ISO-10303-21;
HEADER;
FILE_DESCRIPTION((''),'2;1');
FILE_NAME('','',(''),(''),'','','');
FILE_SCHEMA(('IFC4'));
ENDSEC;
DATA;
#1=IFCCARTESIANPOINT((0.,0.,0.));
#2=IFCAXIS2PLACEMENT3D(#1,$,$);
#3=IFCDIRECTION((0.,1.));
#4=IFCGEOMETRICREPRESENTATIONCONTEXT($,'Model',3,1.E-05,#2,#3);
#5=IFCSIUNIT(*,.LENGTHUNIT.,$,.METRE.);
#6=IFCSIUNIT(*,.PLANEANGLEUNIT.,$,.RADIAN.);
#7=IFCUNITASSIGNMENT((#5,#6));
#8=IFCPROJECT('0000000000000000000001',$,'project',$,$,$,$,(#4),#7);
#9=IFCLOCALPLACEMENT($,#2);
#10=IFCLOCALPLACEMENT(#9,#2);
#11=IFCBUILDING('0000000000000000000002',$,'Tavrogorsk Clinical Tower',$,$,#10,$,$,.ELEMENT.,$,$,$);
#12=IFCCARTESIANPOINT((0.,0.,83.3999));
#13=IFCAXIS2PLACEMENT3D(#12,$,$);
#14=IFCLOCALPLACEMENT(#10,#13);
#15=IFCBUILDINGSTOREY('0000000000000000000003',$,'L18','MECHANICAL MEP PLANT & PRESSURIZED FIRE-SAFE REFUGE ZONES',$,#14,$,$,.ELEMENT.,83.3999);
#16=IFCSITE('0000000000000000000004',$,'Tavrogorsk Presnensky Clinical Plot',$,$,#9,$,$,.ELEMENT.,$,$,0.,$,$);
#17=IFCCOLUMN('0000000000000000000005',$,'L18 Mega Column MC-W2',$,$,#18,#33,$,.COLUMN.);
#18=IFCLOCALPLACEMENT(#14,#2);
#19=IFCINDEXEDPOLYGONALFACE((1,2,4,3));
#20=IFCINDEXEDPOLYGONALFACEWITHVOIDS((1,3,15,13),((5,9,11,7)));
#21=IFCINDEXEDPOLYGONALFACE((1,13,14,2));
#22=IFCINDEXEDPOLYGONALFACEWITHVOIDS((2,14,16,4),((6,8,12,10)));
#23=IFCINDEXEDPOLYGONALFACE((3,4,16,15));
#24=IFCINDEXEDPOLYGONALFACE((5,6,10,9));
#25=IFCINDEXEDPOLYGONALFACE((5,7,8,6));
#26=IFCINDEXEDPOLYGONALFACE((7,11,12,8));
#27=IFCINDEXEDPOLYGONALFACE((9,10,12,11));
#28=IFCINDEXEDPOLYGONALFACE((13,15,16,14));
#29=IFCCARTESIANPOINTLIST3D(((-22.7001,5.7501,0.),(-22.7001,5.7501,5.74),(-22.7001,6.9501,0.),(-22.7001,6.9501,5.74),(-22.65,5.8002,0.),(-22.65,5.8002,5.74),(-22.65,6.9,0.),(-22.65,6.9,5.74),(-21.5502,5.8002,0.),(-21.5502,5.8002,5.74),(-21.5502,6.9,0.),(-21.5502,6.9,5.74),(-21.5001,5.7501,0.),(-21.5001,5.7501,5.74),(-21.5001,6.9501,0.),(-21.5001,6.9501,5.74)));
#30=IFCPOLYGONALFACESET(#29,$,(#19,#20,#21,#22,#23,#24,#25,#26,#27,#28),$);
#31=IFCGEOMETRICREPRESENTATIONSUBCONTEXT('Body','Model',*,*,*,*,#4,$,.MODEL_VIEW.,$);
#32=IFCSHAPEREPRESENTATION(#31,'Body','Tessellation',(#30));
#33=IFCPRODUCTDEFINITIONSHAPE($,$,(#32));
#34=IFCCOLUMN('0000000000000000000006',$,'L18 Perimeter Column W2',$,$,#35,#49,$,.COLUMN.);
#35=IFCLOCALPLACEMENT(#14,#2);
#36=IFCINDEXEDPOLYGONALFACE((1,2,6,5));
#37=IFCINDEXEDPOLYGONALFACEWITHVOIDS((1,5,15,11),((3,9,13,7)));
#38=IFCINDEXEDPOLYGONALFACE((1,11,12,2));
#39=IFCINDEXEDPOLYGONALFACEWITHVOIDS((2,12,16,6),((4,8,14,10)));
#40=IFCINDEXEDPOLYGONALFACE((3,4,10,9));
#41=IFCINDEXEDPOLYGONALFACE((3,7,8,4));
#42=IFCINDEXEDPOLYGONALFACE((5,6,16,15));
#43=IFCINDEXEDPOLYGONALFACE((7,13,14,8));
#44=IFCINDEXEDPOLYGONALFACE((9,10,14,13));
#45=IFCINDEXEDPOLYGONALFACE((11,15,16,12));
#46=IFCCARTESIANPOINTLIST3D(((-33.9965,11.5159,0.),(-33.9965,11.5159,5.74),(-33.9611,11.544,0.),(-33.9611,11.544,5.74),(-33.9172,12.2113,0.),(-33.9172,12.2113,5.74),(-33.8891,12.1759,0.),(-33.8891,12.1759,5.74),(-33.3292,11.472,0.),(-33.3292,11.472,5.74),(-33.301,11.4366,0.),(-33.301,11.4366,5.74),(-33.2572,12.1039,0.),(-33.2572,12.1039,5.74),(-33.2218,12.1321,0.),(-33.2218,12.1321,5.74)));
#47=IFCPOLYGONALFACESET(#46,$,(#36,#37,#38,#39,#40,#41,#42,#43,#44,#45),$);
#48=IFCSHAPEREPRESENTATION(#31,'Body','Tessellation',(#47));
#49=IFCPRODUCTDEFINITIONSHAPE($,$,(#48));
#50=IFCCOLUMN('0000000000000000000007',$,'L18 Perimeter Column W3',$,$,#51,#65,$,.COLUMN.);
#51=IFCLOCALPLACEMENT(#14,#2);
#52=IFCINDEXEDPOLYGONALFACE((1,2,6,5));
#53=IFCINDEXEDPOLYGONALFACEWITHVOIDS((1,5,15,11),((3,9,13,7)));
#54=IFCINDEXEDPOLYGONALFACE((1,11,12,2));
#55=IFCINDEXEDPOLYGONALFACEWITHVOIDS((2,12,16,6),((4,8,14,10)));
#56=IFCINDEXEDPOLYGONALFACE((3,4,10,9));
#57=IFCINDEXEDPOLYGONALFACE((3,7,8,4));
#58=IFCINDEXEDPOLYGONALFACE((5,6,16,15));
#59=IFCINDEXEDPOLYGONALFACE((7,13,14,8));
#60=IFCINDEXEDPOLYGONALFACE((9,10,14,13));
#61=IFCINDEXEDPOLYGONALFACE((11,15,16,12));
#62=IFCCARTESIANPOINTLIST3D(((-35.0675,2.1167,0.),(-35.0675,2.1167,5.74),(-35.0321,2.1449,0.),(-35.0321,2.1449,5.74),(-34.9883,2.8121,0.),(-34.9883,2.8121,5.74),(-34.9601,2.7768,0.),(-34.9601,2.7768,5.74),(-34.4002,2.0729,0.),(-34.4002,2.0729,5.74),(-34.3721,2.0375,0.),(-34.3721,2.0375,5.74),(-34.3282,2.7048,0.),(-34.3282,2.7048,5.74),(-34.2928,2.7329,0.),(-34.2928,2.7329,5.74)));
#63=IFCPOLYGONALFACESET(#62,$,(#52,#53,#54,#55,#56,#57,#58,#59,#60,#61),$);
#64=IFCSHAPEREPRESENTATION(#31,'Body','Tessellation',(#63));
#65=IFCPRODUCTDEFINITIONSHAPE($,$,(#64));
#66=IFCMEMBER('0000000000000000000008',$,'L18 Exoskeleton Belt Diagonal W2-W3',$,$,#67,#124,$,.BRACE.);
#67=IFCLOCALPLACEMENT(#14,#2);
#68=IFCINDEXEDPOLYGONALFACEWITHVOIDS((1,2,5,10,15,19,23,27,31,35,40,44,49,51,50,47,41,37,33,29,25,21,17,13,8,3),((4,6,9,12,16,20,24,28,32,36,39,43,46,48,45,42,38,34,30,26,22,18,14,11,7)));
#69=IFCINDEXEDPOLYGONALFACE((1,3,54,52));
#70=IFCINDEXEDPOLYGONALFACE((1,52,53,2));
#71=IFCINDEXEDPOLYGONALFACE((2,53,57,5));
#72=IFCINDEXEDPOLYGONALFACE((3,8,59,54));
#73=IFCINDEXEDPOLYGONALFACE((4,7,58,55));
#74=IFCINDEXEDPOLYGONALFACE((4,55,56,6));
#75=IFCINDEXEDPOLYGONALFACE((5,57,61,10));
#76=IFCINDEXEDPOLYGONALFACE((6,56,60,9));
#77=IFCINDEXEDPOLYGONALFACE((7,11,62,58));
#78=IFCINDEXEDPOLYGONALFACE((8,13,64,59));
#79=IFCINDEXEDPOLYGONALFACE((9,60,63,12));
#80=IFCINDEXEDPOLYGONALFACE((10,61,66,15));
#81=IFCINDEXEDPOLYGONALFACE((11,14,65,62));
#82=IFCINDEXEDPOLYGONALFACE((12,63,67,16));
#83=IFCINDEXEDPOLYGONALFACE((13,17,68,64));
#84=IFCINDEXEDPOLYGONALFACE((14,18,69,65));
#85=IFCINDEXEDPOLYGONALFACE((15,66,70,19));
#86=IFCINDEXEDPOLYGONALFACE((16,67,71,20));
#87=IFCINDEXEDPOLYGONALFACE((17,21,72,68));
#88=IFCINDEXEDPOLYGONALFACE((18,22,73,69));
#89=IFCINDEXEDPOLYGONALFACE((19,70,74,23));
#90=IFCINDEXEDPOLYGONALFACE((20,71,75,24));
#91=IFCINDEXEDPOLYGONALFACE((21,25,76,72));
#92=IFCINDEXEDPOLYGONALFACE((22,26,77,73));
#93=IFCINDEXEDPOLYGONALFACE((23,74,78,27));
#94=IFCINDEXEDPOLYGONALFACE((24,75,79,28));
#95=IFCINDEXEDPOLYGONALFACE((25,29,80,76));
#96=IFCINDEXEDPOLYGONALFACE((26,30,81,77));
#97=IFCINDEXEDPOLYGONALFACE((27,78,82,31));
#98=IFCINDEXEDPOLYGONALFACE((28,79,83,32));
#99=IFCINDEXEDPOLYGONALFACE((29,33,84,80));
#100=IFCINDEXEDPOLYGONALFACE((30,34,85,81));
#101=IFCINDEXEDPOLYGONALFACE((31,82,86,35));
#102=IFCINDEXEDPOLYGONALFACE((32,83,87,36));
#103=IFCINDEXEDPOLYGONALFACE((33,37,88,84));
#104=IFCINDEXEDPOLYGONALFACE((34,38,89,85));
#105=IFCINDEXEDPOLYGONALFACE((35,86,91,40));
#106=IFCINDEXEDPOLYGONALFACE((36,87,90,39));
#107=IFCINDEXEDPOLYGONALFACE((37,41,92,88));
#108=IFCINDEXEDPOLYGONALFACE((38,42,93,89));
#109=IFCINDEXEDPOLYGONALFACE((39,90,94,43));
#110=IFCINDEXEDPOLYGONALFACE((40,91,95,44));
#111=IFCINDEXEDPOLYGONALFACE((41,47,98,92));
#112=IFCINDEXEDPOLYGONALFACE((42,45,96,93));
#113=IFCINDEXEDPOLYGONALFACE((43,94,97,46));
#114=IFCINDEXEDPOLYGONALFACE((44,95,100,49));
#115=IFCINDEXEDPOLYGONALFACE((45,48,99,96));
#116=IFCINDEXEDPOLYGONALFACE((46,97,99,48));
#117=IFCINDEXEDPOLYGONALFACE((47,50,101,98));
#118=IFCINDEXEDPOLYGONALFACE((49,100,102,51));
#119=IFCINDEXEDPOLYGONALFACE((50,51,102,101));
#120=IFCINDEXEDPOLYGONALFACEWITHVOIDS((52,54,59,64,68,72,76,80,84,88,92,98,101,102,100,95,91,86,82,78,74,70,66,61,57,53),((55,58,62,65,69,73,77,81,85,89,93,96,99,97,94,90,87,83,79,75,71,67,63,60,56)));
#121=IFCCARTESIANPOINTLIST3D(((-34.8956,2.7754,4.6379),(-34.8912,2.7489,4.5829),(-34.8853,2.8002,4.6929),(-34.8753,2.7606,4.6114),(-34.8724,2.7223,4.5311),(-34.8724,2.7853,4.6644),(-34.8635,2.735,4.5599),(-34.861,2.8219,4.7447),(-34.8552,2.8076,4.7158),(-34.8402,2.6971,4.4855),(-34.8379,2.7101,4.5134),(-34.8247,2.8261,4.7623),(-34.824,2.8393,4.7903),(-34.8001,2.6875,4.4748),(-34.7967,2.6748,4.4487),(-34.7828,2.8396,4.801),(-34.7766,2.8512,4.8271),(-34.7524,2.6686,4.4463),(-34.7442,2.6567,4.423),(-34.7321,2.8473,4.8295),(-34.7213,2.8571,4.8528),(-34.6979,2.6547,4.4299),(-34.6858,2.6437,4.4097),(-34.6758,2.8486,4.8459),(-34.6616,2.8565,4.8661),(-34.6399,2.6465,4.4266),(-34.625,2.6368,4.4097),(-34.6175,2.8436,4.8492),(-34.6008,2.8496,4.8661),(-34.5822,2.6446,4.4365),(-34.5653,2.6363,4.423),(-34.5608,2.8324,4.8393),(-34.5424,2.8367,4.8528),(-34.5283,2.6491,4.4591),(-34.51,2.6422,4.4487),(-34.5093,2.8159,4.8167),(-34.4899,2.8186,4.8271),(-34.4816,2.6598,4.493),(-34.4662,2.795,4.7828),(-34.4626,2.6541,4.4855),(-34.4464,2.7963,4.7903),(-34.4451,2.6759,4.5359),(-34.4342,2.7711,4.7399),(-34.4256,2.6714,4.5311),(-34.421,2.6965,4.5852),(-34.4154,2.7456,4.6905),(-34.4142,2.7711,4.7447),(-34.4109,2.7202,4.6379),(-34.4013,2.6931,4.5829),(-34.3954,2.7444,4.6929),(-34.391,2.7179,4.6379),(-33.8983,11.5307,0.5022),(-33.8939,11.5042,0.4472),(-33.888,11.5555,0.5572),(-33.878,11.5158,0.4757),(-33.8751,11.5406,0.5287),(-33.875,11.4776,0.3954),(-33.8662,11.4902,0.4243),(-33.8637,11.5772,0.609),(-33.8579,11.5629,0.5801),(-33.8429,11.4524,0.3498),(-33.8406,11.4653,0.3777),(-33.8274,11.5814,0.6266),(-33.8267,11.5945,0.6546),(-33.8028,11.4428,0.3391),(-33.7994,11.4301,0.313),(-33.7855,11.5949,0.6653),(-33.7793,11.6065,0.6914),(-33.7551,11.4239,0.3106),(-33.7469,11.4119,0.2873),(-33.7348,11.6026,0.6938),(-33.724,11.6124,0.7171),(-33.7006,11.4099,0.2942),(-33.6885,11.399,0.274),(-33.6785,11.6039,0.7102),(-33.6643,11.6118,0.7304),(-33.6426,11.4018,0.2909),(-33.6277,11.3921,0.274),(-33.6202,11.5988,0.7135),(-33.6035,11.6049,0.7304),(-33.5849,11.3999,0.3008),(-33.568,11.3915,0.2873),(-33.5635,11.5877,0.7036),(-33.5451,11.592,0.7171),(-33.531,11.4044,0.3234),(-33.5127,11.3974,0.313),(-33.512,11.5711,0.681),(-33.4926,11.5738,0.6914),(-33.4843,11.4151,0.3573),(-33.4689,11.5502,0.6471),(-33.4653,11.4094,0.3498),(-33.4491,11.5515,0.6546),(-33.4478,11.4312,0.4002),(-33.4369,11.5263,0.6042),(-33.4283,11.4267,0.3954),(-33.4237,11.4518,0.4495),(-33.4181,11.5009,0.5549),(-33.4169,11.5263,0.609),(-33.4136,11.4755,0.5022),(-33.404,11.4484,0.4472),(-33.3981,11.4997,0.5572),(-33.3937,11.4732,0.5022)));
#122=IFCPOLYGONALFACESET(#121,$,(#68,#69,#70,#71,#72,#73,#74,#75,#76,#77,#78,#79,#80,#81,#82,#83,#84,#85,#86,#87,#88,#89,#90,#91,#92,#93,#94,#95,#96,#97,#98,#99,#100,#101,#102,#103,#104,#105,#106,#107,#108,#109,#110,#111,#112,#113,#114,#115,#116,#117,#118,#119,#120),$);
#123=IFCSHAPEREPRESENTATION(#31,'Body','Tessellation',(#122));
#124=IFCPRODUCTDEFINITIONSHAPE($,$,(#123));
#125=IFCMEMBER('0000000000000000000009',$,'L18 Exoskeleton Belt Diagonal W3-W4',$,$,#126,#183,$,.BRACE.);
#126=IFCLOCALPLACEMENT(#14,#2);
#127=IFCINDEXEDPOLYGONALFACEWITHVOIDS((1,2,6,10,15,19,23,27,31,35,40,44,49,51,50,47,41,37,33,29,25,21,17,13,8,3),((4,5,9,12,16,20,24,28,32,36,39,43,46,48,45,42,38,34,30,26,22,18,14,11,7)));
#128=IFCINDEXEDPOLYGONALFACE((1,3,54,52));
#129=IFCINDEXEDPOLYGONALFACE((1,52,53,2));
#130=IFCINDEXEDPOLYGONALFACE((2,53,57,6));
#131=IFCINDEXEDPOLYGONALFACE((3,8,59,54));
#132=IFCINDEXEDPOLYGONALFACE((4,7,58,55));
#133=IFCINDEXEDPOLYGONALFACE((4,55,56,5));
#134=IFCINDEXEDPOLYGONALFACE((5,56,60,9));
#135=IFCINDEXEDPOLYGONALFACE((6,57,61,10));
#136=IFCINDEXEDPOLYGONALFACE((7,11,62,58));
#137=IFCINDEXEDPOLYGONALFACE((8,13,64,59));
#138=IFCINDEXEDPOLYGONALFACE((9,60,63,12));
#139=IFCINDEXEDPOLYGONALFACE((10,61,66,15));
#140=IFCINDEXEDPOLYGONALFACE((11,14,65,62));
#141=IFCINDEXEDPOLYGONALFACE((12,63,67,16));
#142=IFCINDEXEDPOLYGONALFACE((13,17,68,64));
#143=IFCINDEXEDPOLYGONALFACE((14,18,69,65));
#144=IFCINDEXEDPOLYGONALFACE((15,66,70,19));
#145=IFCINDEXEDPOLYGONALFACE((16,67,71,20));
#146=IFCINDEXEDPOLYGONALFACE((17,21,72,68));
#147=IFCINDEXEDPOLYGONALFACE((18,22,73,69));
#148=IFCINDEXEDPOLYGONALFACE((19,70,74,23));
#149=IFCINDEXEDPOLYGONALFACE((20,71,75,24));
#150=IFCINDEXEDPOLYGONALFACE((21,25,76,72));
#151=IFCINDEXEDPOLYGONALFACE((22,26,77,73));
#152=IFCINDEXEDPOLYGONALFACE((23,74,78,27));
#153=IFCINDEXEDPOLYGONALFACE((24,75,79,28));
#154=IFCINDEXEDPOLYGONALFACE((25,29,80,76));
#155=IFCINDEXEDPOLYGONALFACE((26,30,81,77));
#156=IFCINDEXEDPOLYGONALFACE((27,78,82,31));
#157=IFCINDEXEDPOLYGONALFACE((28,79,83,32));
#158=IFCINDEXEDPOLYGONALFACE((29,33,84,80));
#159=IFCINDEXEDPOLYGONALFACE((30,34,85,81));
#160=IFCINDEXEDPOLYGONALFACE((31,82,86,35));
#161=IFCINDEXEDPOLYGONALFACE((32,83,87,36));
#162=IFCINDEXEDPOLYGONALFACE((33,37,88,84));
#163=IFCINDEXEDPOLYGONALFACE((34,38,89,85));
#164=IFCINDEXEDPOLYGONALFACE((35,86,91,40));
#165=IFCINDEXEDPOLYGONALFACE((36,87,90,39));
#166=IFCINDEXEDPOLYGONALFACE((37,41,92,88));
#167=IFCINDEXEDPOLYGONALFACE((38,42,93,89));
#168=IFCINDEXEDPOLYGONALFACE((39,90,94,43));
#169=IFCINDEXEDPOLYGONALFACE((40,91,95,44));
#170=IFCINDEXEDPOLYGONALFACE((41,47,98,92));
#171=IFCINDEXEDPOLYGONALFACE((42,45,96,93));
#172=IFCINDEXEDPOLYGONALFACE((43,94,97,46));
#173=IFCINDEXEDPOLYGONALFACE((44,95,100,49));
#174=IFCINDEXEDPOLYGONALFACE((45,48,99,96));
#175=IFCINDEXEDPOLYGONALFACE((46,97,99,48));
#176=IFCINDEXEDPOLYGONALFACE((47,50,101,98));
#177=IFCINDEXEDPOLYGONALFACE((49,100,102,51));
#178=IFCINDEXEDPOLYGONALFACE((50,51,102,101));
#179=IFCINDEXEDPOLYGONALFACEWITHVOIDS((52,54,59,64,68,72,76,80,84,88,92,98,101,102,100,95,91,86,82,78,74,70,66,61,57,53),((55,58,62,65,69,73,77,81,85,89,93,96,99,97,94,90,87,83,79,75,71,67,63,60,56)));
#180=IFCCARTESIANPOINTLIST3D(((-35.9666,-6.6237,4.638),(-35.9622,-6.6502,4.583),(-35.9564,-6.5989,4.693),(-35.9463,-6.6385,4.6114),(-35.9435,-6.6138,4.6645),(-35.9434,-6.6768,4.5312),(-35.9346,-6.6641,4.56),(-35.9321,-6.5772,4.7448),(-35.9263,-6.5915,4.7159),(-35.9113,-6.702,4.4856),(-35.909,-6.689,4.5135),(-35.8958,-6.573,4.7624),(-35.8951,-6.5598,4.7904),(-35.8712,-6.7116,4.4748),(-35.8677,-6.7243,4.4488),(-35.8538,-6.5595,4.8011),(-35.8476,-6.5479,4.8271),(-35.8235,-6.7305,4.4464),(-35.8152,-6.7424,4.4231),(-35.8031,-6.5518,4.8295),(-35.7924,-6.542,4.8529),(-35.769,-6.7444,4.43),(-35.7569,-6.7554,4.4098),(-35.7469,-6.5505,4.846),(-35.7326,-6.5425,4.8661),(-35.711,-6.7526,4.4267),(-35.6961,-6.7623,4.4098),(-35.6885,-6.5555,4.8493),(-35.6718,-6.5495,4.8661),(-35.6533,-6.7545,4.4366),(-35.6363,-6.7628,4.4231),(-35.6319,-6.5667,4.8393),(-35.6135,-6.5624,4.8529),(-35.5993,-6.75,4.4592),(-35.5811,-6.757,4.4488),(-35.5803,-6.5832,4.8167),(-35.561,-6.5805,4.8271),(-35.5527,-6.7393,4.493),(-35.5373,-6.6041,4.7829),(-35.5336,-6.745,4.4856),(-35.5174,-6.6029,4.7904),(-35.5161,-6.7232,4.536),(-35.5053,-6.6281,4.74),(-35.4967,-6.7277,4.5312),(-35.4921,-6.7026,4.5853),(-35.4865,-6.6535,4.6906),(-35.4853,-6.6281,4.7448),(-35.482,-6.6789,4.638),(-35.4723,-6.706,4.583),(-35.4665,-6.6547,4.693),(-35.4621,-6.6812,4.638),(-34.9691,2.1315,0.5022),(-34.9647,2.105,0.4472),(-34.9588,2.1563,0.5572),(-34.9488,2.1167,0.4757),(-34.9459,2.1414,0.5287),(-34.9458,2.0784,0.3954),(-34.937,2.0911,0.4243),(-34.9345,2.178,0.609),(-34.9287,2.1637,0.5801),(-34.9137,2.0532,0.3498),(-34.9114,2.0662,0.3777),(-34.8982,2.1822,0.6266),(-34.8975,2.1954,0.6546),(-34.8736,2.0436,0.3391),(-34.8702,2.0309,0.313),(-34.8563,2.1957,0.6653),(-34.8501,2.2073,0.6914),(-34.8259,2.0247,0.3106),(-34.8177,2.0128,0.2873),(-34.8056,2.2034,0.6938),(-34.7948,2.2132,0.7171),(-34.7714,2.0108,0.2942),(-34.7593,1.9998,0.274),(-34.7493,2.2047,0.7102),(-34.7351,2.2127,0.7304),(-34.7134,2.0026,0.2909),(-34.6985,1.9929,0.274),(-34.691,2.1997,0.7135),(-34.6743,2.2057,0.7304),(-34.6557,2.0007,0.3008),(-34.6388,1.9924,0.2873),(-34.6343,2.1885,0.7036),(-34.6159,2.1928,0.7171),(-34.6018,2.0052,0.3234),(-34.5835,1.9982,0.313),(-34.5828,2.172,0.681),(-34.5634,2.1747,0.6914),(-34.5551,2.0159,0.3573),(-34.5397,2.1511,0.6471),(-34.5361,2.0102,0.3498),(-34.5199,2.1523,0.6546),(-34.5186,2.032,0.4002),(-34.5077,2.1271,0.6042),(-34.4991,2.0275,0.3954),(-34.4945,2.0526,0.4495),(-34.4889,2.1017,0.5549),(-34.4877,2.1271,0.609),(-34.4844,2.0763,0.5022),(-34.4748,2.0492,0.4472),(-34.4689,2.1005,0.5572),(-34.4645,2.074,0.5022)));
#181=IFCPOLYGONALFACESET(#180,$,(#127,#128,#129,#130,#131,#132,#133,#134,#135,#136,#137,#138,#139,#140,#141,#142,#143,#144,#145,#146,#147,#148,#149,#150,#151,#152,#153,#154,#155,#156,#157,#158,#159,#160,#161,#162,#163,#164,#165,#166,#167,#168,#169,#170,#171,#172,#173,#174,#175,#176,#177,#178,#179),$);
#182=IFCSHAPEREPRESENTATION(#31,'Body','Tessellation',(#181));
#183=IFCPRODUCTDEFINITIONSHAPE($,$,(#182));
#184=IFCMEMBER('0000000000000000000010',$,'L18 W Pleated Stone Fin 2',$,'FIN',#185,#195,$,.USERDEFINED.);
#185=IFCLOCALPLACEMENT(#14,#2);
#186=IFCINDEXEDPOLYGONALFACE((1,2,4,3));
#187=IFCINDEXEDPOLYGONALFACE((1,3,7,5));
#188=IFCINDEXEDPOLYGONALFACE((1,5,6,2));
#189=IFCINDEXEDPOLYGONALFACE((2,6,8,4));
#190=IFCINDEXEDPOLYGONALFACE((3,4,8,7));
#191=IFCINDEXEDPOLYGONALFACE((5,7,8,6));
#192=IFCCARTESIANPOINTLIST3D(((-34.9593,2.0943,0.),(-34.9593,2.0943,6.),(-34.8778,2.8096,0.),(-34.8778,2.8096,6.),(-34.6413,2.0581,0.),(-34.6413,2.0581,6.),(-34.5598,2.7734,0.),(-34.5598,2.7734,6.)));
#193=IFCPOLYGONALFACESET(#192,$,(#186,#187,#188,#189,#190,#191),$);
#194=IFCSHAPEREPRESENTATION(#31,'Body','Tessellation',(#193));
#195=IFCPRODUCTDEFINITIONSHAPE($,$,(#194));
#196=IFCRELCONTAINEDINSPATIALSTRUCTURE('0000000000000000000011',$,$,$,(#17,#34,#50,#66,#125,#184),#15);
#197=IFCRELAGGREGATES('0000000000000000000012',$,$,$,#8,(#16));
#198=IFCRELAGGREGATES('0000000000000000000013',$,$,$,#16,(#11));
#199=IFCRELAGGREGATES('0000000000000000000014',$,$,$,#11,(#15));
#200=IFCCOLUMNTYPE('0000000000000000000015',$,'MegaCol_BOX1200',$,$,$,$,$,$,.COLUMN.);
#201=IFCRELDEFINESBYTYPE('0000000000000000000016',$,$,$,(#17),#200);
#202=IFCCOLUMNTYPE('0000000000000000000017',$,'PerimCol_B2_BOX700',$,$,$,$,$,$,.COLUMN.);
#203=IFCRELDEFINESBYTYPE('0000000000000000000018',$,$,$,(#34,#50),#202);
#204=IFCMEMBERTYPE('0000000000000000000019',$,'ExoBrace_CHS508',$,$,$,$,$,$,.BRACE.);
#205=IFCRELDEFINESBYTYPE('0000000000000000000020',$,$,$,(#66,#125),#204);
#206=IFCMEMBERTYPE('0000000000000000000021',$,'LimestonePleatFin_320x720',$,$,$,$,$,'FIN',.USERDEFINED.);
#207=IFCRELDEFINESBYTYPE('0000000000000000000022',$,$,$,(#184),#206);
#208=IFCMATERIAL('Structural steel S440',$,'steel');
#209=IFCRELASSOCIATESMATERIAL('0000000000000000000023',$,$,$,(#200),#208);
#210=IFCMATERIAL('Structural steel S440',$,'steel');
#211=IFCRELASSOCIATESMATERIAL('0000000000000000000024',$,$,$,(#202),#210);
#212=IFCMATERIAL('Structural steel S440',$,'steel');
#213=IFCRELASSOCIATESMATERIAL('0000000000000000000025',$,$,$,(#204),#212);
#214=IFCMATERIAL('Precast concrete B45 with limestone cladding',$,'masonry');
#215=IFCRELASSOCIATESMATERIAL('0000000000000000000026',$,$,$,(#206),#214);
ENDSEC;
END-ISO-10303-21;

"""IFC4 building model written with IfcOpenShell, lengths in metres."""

from ifc_helpers import new_model, si_unit, direction, frame, origin, origin_2d, place, context, subcontext, project, spatial, rectangle, hollow_rectangle, hollow_circle, extrude, material, material_profile, profile_set, type_object, element, save


model = new_model("IFC4")

# Units and contexts
model_context = context("Model", 3, precision=1e-05, world=origin(), true_north=direction((0.0, 1.0)))
body_context = subcontext(model_context, "Body", "Model", "MODEL_VIEW")
ifc_project = project(units=[si_unit("LENGTHUNIT", "METRE"), si_unit("PLANEANGLEUNIT", "RADIAN")], contexts=[model_context])

# Site, building, storey
site_placement = place(None, origin())
site = spatial("IfcSite", under=ifc_project, at=site_placement, Name="Tavrogorsk Presnensky Clinical Plot", CompositionType="ELEMENT", RefElevation=0.0)
building_placement = place(site_placement, origin())
building = spatial("IfcBuilding", under=site, at=building_placement, Name="Tavrogorsk Clinical Tower", CompositionType="ELEMENT")
storey_placement = place(building_placement, frame((0.0, 0.0, 83.3999)))
storey = spatial("IfcBuildingStorey", under=building, at=storey_placement, Name="L18", Description="MECHANICAL MEP PLANT & PRESSURIZED FIRE-SAFE REFUGE ZONES", CompositionType="ELEMENT", Elevation=83.3999)

# Columns
ifc_material_1 = material(Name="Structural steel S440", Category="steel")
ifc_material_profile_1 = material_profile(ifc_material_1, hollow_rectangle(XDim=1.2, YDim=1.2, WallThickness=0.05, at=origin_2d()), Name="BOX-1200x1200x50")
ifc_profile_set_1 = profile_set([ifc_material_profile_1], Name="Structural steel S440")
column_type_1 = type_object("IfcColumnType", Name="MegaCol_BOX1200", PredefinedType="COLUMN", material=ifc_profile_set_1)
column_placement = place(storey_placement, frame((-22.1001, 6.3501, 0.0), z_axis=(0.0, 0.0, 1.0), x_axis=(1.0, 0.0, 0.0)))
element("IfcColumn", 1, at=column_placement, inside=storey, type_object=column_type_1, Name="L18 Mega Column MC-W2", PredefinedType="COLUMN", context=body_context, shape_type="SweptSolid", body=[
    extrude(hollow_rectangle(XDim=1.2, YDim=1.2, WallThickness=0.05, at=origin_2d()), origin(), (0.0, 0.0, 1.0), 5.74),
])
ifc_material_2 = material(Name="Structural steel S440", Category="steel")
ifc_material_profile_2 = material_profile(ifc_material_2, hollow_rectangle(XDim=0.7, YDim=0.7, WallThickness=0.032, at=origin_2d()), Name="BOX-700x700x32")
ifc_profile_set_2 = profile_set([ifc_material_profile_2], Name="Structural steel S440")
column_type_2 = type_object("IfcColumnType", Name="PerimCol_B2_BOX700", PredefinedType="COLUMN", material=ifc_profile_set_2)
for number, where, z_axis, x_axis, name in (
    (2, (-33.6091, 11.824, 0.0), (0.0, 0.0, 1.0), (0.993572, -0.113203, 0.0), "L18 Perimeter Column W2"),
    (3, (-34.6802, 2.4248, 0.0), (0.0, 0.0, 1.0), (0.993572, -0.113203, 0.0), "L18 Perimeter Column W3"),
):
    element("IfcColumn", number, at=place(storey_placement, frame(where, z_axis=z_axis, x_axis=x_axis)), inside=storey, type_object=column_type_2, Name=name, PredefinedType="COLUMN", context=body_context, shape_type="SweptSolid", body=[
        extrude(hollow_rectangle(XDim=0.7, YDim=0.7, WallThickness=0.032, at=origin_2d()), origin(), (0.0, 0.0, 1.0), 5.74),
    ])

# Members
ifc_material_3 = material(Name="Structural steel S440", Category="steel")
ifc_material_profile_3 = material_profile(ifc_material_3, hollow_circle(Radius=0.2539, WallThickness=0.02, at=origin_2d()), Name="CHS-508x20")
ifc_profile_set_3 = profile_set([ifc_material_profile_3], Name="Structural steel S440")
member_type_1 = type_object("IfcMemberType", Name="ExoBrace_CHS508", PredefinedType="BRACE", material=ifc_profile_set_3)
for number, where, z_axis, x_axis, name in (
    (4, (-33.646, 11.502, 0.5022), (-0.102454, -0.89944, 0.424865), (0.993575, -0.113177, 0.0), "L18 Exoskeleton Belt Diagonal W2-W3"),
    (5, (-34.7168, 2.1028, 0.5022), (-0.102481, -0.899433, 0.424874), (0.993571, -0.113207, 0.0), "L18 Exoskeleton Belt Diagonal W3-W4"),
):
    element("IfcMember", number, at=place(storey_placement, frame(where, z_axis=z_axis, x_axis=x_axis)), inside=storey, type_object=member_type_1, Name=name, PredefinedType="BRACE", context=body_context, shape_type="SweptSolid", body=[
        extrude(hollow_circle(Radius=0.2539, WallThickness=0.02, at=origin_2d()), origin(), (0.0, 0.0, 1.0), 9.7341),
    ])
ifc_material_4 = material(Name="Precast concrete B45 with limestone cladding", Category="masonry")
ifc_material_profile_4 = material_profile(ifc_material_4, rectangle(XDim=0.3201, YDim=0.72, at=origin_2d()), Name="LIMESTONE-FIN-320x720")
ifc_profile_set_4 = profile_set([ifc_material_profile_4], Name="Precast concrete B45 with limestone cladding")
member_type_2 = type_object("IfcMemberType", Name="LimestonePleatFin_320x720", ElementType="FIN", PredefinedType="USERDEFINED", material=ifc_profile_set_4)
member_placement = place(storey_placement, frame((-34.7595, 2.4338, 0.0), z_axis=(0.0, 0.0, 1.0), x_axis=(0.993572, -0.113203, 0.0)))
element("IfcMember", 6, at=member_placement, inside=storey, type_object=member_type_2, Name="L18 W Pleated Stone Fin 2", ObjectType="FIN", PredefinedType="USERDEFINED", context=body_context, shape_type="SweptSolid", body=[
    extrude(rectangle(XDim=0.3201, YDim=0.72, at=origin_2d()), origin(), (0.0, 0.0, 1.0), 6.0),
])

save(model, "model.ifc")
